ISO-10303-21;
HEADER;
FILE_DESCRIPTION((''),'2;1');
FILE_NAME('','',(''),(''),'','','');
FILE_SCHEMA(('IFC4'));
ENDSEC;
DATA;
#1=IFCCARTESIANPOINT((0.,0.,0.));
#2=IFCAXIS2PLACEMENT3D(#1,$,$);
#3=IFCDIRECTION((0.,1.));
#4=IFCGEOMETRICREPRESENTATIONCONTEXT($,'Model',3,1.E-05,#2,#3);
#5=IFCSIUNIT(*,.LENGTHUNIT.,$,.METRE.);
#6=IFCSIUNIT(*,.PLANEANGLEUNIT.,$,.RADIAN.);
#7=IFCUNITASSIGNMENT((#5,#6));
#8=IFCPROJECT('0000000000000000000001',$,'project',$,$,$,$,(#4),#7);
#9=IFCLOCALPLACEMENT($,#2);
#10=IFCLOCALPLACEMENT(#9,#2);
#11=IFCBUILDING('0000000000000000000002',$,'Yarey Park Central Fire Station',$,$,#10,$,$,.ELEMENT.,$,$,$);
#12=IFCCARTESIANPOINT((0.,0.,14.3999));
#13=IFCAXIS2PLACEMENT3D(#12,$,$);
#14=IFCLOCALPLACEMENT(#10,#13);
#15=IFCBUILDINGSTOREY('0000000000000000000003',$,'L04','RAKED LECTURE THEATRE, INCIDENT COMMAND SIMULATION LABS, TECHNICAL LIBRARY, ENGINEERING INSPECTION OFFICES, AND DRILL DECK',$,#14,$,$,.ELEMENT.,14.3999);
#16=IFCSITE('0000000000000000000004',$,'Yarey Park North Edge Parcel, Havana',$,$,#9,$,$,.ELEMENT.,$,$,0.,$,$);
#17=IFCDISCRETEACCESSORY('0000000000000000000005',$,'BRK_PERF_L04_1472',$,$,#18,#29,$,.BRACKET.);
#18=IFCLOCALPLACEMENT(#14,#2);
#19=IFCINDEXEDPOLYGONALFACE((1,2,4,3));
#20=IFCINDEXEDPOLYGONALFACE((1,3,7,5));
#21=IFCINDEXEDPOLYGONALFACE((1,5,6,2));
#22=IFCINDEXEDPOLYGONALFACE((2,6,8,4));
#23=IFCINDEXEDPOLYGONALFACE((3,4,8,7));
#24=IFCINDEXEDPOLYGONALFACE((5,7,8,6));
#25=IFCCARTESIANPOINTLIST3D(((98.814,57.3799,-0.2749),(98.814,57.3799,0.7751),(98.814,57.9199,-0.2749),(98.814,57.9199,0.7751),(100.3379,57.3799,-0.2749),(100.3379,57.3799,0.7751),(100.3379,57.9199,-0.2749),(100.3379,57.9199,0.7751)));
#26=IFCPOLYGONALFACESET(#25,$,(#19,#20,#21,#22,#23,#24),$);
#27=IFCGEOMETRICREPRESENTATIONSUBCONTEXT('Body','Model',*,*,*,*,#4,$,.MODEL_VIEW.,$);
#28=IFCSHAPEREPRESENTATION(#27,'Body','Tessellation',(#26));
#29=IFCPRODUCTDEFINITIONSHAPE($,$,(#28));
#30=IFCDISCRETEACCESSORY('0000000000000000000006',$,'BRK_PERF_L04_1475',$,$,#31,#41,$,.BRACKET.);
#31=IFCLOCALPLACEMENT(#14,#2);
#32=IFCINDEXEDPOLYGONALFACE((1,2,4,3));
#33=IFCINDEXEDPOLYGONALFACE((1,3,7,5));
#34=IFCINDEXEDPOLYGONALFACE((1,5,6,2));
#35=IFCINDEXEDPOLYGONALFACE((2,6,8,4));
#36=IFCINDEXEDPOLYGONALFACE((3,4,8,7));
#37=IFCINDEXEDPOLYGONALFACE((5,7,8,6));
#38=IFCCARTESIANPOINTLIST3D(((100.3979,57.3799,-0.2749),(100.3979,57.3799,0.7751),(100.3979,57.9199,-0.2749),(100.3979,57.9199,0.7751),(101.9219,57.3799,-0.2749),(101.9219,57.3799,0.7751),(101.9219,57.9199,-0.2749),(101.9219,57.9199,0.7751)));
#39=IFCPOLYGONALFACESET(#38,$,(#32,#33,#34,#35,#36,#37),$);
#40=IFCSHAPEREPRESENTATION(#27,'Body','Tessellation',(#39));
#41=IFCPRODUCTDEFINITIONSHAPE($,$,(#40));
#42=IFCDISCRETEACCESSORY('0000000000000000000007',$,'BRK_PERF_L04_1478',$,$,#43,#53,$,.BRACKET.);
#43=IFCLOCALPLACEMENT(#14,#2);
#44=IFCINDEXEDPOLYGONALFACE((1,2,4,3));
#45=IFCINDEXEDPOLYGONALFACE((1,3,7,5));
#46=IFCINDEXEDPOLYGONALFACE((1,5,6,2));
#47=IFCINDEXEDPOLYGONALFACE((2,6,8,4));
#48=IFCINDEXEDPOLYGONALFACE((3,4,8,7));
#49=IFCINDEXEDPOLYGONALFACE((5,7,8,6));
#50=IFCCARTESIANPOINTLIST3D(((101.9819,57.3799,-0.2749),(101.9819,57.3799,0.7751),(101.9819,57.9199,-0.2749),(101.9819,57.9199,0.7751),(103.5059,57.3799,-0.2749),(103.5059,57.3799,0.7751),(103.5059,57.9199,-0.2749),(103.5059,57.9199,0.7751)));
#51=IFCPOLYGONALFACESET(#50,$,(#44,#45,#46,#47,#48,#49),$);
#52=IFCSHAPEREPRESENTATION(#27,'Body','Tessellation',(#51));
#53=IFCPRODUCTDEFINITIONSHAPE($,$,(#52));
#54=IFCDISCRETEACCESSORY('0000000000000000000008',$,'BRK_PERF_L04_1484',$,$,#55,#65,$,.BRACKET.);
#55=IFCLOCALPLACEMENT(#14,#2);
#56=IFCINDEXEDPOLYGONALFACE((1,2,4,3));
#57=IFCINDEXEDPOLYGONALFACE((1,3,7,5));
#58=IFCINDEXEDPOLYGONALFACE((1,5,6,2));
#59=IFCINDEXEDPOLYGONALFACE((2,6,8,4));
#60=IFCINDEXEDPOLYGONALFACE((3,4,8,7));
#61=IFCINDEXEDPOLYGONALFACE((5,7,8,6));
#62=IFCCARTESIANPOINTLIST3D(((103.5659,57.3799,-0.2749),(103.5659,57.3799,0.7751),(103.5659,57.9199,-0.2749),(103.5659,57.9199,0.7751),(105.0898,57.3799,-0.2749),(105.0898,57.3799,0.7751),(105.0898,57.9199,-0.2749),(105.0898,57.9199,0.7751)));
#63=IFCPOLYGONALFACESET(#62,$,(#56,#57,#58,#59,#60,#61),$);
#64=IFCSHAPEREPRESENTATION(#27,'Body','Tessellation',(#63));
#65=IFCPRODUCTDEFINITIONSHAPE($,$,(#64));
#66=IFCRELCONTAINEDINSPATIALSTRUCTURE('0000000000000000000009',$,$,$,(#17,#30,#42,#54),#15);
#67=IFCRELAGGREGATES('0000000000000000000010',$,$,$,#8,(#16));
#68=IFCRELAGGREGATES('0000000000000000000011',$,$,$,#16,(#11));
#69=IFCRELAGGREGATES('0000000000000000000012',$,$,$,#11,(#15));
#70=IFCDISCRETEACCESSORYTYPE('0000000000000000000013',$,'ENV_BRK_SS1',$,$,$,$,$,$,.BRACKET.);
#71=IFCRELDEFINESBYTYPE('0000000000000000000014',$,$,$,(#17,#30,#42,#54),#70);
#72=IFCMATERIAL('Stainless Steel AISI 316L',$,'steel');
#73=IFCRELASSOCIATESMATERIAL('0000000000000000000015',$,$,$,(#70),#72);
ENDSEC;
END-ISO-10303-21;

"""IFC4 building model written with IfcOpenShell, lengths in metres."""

from ifc_helpers import new_model, si_unit, direction, frame, origin, origin_2d, place, context, subcontext, project, spatial, rectangle, extrude, material, type_object, element, save


model = new_model("IFC4")

# Units and contexts
model_context = context("Model", 3, precision=1e-05, world=origin(), true_north=direction((0.0, 1.0)))
body_context = subcontext(model_context, "Body", "Model", "MODEL_VIEW")
ifc_project = project(units=[si_unit("LENGTHUNIT", "METRE"), si_unit("PLANEANGLEUNIT", "RADIAN")], contexts=[model_context])

# Site, building, storey
site_placement = place(None, origin())
site = spatial("IfcSite", under=ifc_project, at=site_placement, Name="Yarey Park North Edge Parcel, Havana", CompositionType="ELEMENT", RefElevation=0.0)
building_placement = place(site_placement, origin())
building = spatial("IfcBuilding", under=site, at=building_placement, Name="Yarey Park Central Fire Station", CompositionType="ELEMENT")
storey_placement = place(building_placement, frame((0.0, 0.0, 14.3999)))
storey = spatial("IfcBuildingStorey", under=building, at=storey_placement, Name="L04", Description="RAKED LECTURE THEATRE, INCIDENT COMMAND SIMULATION LABS, TECHNICAL LIBRARY, ENGINEERING INSPECTION OFFICES, AND DRILL DECK", CompositionType="ELEMENT", Elevation=14.3999)

# Discrete accessories
ifc_material_1 = material(Name="Stainless Steel AISI 316L", Category="steel")
discrete_accessory_type = type_object("IfcDiscreteAccessoryType", Name="ENV_BRK_SS1", PredefinedType="BRACKET", material=ifc_material_1)
for number, where, z_axis, x_axis, name in (
    (1, (99.5759, 57.6499, -0.2749), (0.0, 0.0, 1.0), (1.0, 0.0, 0.0), "BRK_PERF_L04_1472"),
    (2, (101.1599, 57.6499, -0.2749), (0.0, 0.0, 1.0), (1.0, 0.0, 0.0), "BRK_PERF_L04_1475"),
    (3, (102.7439, 57.6499, -0.2749), (0.0, 0.0, 1.0), (1.0, 0.0, 0.0), "BRK_PERF_L04_1478"),
    (4, (104.3279, 57.6499, -0.2749), (0.0, 0.0, 1.0), (1.0, 0.0, 0.0), "BRK_PERF_L04_1484"),
):
    element("IfcDiscreteAccessory", number, at=place(storey_placement, frame(where, z_axis=z_axis, x_axis=x_axis)), inside=storey, type_object=discrete_accessory_type, Name=name, PredefinedType="BRACKET", context=body_context, shape_type="SweptSolid", body=[
        extrude(rectangle(XDim=1.5239, YDim=0.54, at=origin_2d()), origin(), (0.0, 0.0, 1.0), 1.05),
    ])

save(model, "model.ifc")
